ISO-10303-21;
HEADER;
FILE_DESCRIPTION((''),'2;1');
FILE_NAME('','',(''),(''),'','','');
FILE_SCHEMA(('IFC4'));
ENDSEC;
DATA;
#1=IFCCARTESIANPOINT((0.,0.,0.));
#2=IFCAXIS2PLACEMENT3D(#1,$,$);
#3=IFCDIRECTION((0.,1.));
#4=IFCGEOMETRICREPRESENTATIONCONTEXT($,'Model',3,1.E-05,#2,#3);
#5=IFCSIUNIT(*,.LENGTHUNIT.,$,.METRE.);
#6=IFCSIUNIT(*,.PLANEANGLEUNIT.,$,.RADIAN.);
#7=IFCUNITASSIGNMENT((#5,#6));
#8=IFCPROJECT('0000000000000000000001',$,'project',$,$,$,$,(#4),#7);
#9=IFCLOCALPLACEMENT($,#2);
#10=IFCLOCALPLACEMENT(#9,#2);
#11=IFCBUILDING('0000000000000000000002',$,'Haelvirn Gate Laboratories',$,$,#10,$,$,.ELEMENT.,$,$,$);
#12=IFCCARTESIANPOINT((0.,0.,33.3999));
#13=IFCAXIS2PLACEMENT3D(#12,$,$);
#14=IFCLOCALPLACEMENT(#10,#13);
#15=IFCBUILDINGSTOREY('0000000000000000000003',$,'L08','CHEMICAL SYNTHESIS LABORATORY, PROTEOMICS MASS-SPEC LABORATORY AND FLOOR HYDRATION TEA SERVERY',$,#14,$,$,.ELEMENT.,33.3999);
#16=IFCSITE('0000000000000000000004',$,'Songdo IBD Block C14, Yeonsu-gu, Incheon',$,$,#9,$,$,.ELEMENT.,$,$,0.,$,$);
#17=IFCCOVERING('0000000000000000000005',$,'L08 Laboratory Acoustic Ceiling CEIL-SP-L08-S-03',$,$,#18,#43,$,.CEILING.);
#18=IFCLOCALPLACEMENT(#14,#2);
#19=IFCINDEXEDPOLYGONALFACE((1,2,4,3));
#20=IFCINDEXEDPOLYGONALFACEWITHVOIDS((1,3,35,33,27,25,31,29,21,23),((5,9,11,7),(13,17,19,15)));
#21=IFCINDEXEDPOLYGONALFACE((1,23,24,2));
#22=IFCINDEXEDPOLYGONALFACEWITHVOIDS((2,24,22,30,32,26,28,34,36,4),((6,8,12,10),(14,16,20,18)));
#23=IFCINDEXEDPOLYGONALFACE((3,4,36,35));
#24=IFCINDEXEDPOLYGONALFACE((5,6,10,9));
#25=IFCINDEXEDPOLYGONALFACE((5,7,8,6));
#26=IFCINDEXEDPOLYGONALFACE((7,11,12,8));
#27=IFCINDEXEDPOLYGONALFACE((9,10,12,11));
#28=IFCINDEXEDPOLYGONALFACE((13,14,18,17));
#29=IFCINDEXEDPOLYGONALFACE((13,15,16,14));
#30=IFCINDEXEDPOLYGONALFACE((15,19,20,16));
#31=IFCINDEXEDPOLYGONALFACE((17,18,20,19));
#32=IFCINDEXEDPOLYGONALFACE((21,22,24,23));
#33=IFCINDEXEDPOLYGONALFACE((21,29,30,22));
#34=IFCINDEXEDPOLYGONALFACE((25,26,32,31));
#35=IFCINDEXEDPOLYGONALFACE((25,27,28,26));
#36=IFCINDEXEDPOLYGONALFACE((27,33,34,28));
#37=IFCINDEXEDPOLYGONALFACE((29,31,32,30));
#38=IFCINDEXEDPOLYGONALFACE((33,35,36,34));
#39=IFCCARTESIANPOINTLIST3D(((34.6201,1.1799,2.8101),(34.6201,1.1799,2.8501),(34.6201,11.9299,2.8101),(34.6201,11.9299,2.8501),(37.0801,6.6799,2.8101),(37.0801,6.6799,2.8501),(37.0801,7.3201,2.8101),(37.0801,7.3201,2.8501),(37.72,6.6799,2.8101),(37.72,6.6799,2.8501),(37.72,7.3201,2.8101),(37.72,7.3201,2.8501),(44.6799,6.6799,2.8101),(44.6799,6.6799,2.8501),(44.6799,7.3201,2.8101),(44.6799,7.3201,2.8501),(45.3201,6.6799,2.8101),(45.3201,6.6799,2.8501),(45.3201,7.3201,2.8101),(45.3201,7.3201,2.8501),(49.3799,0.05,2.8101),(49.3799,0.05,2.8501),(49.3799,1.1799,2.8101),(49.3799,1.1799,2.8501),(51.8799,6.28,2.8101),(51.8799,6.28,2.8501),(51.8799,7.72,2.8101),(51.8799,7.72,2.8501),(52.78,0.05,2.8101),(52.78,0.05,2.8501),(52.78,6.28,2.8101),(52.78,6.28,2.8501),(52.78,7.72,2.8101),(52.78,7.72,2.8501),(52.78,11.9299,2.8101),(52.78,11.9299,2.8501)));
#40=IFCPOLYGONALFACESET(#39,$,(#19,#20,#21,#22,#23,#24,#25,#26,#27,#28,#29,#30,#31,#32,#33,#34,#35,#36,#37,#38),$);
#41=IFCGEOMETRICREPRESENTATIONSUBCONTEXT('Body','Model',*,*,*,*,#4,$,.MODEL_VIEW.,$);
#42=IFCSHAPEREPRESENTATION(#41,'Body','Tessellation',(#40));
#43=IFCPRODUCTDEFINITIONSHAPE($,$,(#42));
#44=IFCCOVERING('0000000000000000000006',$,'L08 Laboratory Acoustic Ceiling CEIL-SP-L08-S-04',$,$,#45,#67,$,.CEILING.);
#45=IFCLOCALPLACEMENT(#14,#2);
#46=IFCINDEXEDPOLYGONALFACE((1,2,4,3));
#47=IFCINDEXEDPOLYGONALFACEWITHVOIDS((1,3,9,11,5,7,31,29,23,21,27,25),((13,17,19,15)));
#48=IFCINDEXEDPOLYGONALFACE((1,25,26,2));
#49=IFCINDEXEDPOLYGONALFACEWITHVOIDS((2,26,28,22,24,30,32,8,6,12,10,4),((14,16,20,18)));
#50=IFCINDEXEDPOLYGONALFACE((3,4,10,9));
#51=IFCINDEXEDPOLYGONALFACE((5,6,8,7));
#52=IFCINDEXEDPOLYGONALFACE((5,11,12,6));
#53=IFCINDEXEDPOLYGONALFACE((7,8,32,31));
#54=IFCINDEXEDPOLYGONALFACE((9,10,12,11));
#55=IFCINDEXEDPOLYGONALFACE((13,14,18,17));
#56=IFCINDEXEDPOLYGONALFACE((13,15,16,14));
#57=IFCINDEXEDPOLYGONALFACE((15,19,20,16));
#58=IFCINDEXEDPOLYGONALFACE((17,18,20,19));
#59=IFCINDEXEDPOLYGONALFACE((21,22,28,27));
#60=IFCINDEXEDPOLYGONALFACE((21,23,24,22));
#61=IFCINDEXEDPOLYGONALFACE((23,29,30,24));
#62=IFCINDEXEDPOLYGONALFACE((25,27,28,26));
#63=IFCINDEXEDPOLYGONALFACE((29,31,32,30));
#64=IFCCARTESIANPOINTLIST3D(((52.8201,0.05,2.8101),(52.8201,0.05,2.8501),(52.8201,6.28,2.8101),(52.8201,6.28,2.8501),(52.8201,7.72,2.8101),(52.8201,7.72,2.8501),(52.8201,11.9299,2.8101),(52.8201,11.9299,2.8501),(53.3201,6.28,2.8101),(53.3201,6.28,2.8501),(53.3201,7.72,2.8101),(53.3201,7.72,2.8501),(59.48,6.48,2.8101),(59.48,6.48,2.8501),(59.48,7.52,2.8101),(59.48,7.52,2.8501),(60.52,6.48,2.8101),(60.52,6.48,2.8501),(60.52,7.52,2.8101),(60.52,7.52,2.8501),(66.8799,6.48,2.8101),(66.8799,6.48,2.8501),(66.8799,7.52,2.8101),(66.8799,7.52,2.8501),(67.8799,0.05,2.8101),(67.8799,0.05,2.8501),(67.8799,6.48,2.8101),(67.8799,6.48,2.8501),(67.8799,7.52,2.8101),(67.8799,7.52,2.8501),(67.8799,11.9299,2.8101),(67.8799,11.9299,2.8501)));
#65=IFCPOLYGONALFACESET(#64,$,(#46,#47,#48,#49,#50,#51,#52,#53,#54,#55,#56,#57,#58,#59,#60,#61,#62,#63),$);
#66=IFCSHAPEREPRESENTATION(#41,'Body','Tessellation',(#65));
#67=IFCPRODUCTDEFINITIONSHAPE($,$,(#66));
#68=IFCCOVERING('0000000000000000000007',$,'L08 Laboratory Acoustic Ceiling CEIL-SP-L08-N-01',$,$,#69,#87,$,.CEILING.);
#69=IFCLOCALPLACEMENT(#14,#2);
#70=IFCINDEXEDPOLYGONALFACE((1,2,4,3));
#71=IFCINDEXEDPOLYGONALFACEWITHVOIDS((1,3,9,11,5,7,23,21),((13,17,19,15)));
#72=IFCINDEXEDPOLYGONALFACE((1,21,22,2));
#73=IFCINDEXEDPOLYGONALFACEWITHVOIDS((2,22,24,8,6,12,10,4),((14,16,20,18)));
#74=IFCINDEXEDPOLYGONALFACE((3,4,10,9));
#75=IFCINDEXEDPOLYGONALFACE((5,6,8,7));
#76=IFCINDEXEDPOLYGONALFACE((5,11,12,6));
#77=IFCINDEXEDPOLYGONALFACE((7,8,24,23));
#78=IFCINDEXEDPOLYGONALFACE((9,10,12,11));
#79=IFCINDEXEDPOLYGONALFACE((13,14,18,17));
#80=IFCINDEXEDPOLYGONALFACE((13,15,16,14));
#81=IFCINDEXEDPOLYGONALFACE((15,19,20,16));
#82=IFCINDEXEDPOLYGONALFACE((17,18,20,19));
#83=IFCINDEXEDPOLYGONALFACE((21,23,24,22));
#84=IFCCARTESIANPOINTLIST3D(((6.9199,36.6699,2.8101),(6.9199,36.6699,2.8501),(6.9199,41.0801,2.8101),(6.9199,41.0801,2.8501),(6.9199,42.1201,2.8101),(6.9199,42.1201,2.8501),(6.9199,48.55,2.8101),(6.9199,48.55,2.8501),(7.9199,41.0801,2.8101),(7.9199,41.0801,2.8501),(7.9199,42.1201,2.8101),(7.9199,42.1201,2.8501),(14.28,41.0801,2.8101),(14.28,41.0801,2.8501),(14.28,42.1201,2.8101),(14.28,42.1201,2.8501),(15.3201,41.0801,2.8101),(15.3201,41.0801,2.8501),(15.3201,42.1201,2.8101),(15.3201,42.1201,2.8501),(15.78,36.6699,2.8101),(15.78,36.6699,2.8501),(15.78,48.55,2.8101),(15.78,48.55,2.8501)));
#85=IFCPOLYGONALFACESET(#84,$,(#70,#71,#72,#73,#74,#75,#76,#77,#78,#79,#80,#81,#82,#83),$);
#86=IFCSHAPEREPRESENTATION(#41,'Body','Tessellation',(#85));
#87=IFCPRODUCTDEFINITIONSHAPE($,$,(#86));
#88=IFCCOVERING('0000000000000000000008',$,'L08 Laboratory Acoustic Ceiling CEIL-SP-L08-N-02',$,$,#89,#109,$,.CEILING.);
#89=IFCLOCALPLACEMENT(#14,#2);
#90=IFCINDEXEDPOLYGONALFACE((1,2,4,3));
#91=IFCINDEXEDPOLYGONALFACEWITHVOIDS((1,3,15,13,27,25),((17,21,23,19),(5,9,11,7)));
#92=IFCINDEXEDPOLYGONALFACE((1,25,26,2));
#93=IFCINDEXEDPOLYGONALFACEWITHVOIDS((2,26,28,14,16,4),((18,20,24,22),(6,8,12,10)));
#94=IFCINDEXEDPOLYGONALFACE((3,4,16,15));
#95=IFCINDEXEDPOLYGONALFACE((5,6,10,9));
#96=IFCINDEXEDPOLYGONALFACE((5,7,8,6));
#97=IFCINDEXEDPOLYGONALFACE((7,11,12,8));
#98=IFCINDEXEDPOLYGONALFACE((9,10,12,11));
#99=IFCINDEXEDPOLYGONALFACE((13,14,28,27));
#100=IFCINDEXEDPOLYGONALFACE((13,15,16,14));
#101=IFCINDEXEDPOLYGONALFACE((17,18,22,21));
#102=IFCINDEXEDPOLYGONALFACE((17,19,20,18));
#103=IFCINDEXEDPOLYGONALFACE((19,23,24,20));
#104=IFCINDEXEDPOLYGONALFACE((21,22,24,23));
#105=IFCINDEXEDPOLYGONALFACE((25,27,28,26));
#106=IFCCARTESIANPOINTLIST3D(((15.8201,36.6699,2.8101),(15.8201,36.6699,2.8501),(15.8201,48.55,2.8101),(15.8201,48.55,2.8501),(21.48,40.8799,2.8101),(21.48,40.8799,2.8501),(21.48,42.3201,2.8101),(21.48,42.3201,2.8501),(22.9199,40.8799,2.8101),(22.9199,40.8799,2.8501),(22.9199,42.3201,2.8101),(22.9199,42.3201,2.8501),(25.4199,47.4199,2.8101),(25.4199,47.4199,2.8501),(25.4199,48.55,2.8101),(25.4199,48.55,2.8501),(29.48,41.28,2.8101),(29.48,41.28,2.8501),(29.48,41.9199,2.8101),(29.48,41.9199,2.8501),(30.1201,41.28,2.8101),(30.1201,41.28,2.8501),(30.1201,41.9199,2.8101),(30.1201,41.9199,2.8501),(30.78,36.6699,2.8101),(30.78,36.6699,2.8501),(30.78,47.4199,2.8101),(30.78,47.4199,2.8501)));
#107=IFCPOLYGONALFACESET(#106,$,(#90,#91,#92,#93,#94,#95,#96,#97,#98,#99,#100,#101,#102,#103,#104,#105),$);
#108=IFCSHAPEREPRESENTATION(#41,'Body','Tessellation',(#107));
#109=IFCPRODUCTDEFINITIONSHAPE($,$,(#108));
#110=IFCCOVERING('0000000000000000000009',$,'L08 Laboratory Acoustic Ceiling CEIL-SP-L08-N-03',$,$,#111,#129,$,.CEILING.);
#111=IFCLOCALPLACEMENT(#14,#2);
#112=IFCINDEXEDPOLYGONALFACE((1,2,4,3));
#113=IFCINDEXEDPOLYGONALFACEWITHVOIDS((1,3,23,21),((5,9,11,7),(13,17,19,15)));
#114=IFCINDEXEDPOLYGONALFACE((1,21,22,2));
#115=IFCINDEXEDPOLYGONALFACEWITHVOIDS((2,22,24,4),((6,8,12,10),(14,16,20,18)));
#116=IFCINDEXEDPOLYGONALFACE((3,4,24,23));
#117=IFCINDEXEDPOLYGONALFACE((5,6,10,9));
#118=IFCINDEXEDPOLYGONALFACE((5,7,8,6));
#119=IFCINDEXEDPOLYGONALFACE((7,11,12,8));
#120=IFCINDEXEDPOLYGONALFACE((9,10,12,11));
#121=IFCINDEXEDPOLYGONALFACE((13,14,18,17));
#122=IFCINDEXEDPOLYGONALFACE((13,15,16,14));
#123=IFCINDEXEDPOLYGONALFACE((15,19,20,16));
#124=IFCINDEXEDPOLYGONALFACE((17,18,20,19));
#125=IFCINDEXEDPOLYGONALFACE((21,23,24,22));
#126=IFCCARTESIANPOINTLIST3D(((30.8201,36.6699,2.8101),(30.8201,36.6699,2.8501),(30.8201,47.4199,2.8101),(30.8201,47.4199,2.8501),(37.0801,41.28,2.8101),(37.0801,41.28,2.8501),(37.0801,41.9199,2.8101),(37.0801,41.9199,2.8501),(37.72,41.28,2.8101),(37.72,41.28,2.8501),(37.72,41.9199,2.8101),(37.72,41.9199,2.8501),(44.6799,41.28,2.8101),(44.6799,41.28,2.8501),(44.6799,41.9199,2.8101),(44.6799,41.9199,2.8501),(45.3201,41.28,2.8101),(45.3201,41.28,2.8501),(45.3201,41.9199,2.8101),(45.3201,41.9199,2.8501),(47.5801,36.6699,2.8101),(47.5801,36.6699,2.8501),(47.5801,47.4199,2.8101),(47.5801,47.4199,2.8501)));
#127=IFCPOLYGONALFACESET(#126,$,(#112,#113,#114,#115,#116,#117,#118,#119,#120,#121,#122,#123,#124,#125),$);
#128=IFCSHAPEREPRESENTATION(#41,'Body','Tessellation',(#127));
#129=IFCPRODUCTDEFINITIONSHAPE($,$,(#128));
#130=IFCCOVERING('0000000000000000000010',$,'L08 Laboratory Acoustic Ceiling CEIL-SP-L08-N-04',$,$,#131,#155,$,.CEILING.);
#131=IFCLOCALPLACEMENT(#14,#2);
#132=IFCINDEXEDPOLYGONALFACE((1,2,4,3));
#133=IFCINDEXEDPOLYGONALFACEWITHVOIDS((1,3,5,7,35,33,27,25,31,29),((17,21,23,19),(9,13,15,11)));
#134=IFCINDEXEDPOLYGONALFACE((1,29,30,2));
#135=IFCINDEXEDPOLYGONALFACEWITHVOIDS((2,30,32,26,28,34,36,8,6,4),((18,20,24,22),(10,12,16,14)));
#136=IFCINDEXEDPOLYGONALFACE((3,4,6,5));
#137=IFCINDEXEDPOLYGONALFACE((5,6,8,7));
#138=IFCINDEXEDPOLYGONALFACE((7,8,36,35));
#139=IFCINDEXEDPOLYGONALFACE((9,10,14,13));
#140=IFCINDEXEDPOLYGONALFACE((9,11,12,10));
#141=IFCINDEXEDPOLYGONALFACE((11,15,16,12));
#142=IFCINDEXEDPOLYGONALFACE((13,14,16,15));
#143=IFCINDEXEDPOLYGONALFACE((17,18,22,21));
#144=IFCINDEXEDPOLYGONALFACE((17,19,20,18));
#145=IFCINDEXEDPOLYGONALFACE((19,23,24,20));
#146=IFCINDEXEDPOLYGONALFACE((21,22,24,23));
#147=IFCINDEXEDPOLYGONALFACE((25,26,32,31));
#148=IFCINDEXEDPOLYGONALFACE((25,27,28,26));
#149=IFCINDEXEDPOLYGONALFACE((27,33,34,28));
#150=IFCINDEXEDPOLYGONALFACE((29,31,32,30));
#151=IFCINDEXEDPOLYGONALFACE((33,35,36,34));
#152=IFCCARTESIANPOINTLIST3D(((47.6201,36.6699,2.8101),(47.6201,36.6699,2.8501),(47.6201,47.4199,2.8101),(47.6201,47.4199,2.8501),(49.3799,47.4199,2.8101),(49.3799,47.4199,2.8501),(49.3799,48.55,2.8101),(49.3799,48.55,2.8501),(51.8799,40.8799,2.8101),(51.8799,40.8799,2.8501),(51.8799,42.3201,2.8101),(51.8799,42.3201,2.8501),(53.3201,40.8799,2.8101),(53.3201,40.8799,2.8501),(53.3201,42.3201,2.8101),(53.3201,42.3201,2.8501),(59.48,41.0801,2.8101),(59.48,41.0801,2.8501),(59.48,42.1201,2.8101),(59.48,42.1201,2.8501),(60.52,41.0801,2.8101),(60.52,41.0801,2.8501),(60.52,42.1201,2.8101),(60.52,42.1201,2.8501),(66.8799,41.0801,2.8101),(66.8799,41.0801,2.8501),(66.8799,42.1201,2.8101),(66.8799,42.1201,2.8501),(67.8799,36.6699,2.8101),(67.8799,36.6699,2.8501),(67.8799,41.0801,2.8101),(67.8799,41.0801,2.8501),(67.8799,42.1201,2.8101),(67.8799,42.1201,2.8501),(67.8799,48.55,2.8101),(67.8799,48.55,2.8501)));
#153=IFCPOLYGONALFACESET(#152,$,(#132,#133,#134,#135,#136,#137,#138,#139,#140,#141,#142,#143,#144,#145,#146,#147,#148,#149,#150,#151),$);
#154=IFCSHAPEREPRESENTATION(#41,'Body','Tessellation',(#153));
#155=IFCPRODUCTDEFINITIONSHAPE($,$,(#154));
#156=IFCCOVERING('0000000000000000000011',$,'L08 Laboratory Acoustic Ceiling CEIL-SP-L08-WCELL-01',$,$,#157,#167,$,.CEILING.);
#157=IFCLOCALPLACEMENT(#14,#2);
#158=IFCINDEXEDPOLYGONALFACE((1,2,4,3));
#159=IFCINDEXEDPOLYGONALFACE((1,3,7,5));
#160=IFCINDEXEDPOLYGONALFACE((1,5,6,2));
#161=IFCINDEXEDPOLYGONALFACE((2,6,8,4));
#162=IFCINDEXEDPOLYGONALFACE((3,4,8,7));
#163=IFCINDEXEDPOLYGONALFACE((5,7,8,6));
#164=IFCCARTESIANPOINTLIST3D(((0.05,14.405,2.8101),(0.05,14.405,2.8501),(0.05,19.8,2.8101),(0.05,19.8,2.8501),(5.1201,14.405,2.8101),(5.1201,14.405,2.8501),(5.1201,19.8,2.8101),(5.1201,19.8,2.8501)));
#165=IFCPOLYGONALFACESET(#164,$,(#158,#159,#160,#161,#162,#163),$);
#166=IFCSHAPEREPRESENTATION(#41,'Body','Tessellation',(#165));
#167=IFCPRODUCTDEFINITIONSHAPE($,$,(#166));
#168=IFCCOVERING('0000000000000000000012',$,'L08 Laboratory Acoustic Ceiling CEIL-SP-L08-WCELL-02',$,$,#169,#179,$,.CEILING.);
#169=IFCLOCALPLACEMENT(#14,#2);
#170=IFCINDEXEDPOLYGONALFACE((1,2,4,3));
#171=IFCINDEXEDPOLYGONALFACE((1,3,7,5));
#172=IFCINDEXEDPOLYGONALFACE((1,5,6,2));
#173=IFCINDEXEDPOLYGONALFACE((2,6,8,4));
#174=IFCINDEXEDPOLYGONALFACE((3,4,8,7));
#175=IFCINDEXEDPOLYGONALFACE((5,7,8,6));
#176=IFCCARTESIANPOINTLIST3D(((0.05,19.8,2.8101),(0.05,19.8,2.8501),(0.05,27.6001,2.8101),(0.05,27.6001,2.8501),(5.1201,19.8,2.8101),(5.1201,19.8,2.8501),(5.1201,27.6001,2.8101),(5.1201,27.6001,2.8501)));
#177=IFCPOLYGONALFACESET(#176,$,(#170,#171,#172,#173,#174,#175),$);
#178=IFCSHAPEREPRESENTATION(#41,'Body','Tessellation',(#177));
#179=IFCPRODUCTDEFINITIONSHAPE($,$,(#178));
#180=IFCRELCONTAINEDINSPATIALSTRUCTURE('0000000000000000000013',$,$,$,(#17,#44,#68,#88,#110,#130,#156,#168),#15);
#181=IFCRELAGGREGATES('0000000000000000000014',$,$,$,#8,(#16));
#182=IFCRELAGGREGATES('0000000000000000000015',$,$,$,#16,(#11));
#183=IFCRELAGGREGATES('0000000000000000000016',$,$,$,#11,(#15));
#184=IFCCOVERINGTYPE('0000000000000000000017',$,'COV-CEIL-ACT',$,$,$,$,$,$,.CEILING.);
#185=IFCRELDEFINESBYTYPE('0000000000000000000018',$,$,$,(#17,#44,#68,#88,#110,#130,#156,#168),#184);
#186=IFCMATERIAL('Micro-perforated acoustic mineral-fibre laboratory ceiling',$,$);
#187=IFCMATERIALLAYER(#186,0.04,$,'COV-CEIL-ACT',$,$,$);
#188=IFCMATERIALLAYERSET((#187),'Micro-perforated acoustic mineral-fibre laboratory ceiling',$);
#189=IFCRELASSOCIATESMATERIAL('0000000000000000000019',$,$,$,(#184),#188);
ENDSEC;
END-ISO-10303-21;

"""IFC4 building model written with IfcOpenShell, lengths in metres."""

from ifc_helpers import new_model, si_unit, direction, frame, origin, place, context, subcontext, project, spatial, polyline, outline, extrude, material, layer, layer_set, type_object, element, save


model = new_model("IFC4")

# Units and contexts
model_context = context("Model", 3, precision=1e-05, world=origin(), true_north=direction((0.0, 1.0)))
body_context = subcontext(model_context, "Body", "Model", "MODEL_VIEW")
ifc_project = project(units=[si_unit("LENGTHUNIT", "METRE"), si_unit("PLANEANGLEUNIT", "RADIAN")], contexts=[model_context])

# Site, building, storey
site_placement = place(None, origin())
site = spatial("IfcSite", under=ifc_project, at=site_placement, Name="Songdo IBD Block C14, Yeonsu-gu, Incheon", CompositionType="ELEMENT", RefElevation=0.0)
building_placement = place(site_placement, origin())
building = spatial("IfcBuilding", under=site, at=building_placement, Name="Haelvirn Gate Laboratories", CompositionType="ELEMENT")
storey_placement = place(building_placement, frame((0.0, 0.0, 33.3999)))
storey = spatial("IfcBuildingStorey", under=building, at=storey_placement, Name="L08", Description="CHEMICAL SYNTHESIS LABORATORY, PROTEOMICS MASS-SPEC LABORATORY AND FLOOR HYDRATION TEA SERVERY", CompositionType="ELEMENT", Elevation=33.3999)

# Coverings
ifc_material_1 = material(Name="Micro-perforated acoustic mineral-fibre laboratory ceiling")
ifc_layer_1 = layer(ifc_material_1, 0.04, Name="COV-CEIL-ACT")
ifc_layer_set_1 = layer_set([ifc_layer_1], Name="Micro-perforated acoustic mineral-fibre laboratory ceiling")
covering_type = type_object("IfcCoveringType", Name="COV-CEIL-ACT", PredefinedType="CEILING", material=ifc_layer_set_1)
covering_1_placement = place(storey_placement, frame((0.0, 0.0, 2.8101)))
element("IfcCovering", 1, at=covering_1_placement, inside=storey, type_object=covering_type, Name="L08 Laboratory Acoustic Ceiling CEIL-SP-L08-S-03", PredefinedType="CEILING", context=body_context, shape_type="SweptSolid", body=[
    extrude(outline(polyline([(52.78, 11.9299), (52.78, 7.72), (51.8799, 7.72), (51.8799, 6.28), (52.78, 6.28), (52.78, 0.05), (49.3799, 0.05), (49.3799, 1.1799), (34.6201, 1.1799), (34.6201, 11.9299), (52.78, 11.9299)]), holes=[polyline([(37.0801, 7.3201), (37.0801, 6.6799), (37.72, 6.6799), (37.72, 7.3201), (37.0801, 7.3201)]), polyline([(45.3201, 7.3201), (44.6799, 7.3201), (44.6799, 6.6799), (45.3201, 6.6799), (45.3201, 7.3201)])]), origin(), (0.0, 0.0, 1.0), 0.04),
])
covering_2_placement = place(storey_placement, frame((0.0, 0.0, 2.8101)))
element("IfcCovering", 2, at=covering_2_placement, inside=storey, type_object=covering_type, Name="L08 Laboratory Acoustic Ceiling CEIL-SP-L08-S-04", PredefinedType="CEILING", context=body_context, shape_type="SweptSolid", body=[
    extrude(outline(polyline([(67.8799, 7.52), (66.8799, 7.52), (66.8799, 6.48), (67.8799, 6.48), (67.8799, 0.05), (52.8201, 0.05), (52.8201, 6.28), (53.3201, 6.28), (53.3201, 7.72), (52.8201, 7.72), (52.8201, 11.9299), (67.8799, 11.9299), (67.8799, 7.52)]), holes=[polyline([(59.48, 7.52), (59.48, 6.48), (60.52, 6.48), (60.52, 7.52), (59.48, 7.52)])]), origin(), (0.0, 0.0, 1.0), 0.04),
])
covering_3_placement = place(storey_placement, frame((0.0, 0.0, 2.8101)))
element("IfcCovering", 3, at=covering_3_placement, inside=storey, type_object=covering_type, Name="L08 Laboratory Acoustic Ceiling CEIL-SP-L08-N-01", PredefinedType="CEILING", context=body_context, shape_type="SweptSolid", body=[
    extrude(outline(polyline([(6.9199, 41.0801), (7.9199, 41.0801), (7.9199, 42.1201), (6.9199, 42.1201), (6.9199, 48.55), (15.78, 48.55), (15.78, 36.6699), (6.9199, 36.6699), (6.9199, 41.0801)]), holes=[polyline([(14.28, 42.1201), (14.28, 41.0801), (15.3201, 41.0801), (15.3201, 42.1201), (14.28, 42.1201)])]), origin(), (0.0, 0.0, 1.0), 0.04),
])
covering_4_placement = place(storey_placement, frame((0.0, 0.0, 2.8101)))
element("IfcCovering", 4, at=covering_4_placement, inside=storey, type_object=covering_type, Name="L08 Laboratory Acoustic Ceiling CEIL-SP-L08-N-02", PredefinedType="CEILING", context=body_context, shape_type="SweptSolid", body=[
    extrude(outline(polyline([(30.78, 36.6699), (15.8201, 36.6699), (15.8201, 48.55), (25.4199, 48.55), (25.4199, 47.4199), (30.78, 47.4199), (30.78, 36.6699)]), holes=[polyline([(21.48, 42.3201), (21.48, 40.8799), (22.9199, 40.8799), (22.9199, 42.3201), (21.48, 42.3201)]), polyline([(30.1201, 41.9199), (29.48, 41.9199), (29.48, 41.28), (30.1201, 41.28), (30.1201, 41.9199)])]), origin(), (0.0, 0.0, 1.0), 0.04),
])
covering_5_placement = place(storey_placement, frame((0.0, 0.0, 2.8101)))
element("IfcCovering", 5, at=covering_5_placement, inside=storey, type_object=covering_type, Name="L08 Laboratory Acoustic Ceiling CEIL-SP-L08-N-03", PredefinedType="CEILING", context=body_context, shape_type="SweptSolid", body=[
    extrude(outline(polyline([(30.8201, 36.6699), (30.8201, 47.4199), (47.5801, 47.4199), (47.5801, 36.6699), (30.8201, 36.6699)]), holes=[polyline([(37.0801, 41.9199), (37.0801, 41.28), (37.72, 41.28), (37.72, 41.9199), (37.0801, 41.9199)]), polyline([(45.3201, 41.9199), (44.6799, 41.9199), (44.6799, 41.28), (45.3201, 41.28), (45.3201, 41.9199)])]), origin(), (0.0, 0.0, 1.0), 0.04),
])
covering_6_placement = place(storey_placement, frame((0.0, 0.0, 2.8101)))
element("IfcCovering", 6, at=covering_6_placement, inside=storey, type_object=covering_type, Name="L08 Laboratory Acoustic Ceiling CEIL-SP-L08-N-04", PredefinedType="CEILING", context=body_context, shape_type="SweptSolid", body=[
    extrude(outline(polyline([(67.8799, 42.1201), (66.8799, 42.1201), (66.8799, 41.0801), (67.8799, 41.0801), (67.8799, 36.6699), (47.6201, 36.6699), (47.6201, 47.4199), (49.3799, 47.4199), (49.3799, 48.55), (67.8799, 48.55), (67.8799, 42.1201)]), holes=[polyline([(51.8799, 40.8799), (53.3201, 40.8799), (53.3201, 42.3201), (51.8799, 42.3201), (51.8799, 40.8799)]), polyline([(59.48, 42.1201), (59.48, 41.0801), (60.52, 41.0801), (60.52, 42.1201), (59.48, 42.1201)])]), origin(), (0.0, 0.0, 1.0), 0.04),
])
covering_7_placement = place(storey_placement, frame((0.0, 0.0, 2.8101)))
element("IfcCovering", 7, at=covering_7_placement, inside=storey, type_object=covering_type, Name="L08 Laboratory Acoustic Ceiling CEIL-SP-L08-WCELL-01", PredefinedType="CEILING", context=body_context, shape_type="SweptSolid", body=[
    extrude(outline(polyline([(0.05, 19.8), (5.1201, 19.8), (5.1201, 14.405), (0.05, 14.405), (0.05, 19.8)])), origin(), (0.0, 0.0, 1.0), 0.04),
])
covering_8_placement = place(storey_placement, frame((0.0, 0.0, 2.8101)))
element("IfcCovering", 8, at=covering_8_placement, inside=storey, type_object=covering_type, Name="L08 Laboratory Acoustic Ceiling CEIL-SP-L08-WCELL-02", PredefinedType="CEILING", context=body_context, shape_type="SweptSolid", body=[
    extrude(outline(polyline([(0.05, 27.6001), (5.1201, 27.6001), (5.1201, 19.8), (0.05, 19.8), (0.05, 27.6001)])), origin(), (0.0, 0.0, 1.0), 0.04),
])

save(model, "model.ifc")
